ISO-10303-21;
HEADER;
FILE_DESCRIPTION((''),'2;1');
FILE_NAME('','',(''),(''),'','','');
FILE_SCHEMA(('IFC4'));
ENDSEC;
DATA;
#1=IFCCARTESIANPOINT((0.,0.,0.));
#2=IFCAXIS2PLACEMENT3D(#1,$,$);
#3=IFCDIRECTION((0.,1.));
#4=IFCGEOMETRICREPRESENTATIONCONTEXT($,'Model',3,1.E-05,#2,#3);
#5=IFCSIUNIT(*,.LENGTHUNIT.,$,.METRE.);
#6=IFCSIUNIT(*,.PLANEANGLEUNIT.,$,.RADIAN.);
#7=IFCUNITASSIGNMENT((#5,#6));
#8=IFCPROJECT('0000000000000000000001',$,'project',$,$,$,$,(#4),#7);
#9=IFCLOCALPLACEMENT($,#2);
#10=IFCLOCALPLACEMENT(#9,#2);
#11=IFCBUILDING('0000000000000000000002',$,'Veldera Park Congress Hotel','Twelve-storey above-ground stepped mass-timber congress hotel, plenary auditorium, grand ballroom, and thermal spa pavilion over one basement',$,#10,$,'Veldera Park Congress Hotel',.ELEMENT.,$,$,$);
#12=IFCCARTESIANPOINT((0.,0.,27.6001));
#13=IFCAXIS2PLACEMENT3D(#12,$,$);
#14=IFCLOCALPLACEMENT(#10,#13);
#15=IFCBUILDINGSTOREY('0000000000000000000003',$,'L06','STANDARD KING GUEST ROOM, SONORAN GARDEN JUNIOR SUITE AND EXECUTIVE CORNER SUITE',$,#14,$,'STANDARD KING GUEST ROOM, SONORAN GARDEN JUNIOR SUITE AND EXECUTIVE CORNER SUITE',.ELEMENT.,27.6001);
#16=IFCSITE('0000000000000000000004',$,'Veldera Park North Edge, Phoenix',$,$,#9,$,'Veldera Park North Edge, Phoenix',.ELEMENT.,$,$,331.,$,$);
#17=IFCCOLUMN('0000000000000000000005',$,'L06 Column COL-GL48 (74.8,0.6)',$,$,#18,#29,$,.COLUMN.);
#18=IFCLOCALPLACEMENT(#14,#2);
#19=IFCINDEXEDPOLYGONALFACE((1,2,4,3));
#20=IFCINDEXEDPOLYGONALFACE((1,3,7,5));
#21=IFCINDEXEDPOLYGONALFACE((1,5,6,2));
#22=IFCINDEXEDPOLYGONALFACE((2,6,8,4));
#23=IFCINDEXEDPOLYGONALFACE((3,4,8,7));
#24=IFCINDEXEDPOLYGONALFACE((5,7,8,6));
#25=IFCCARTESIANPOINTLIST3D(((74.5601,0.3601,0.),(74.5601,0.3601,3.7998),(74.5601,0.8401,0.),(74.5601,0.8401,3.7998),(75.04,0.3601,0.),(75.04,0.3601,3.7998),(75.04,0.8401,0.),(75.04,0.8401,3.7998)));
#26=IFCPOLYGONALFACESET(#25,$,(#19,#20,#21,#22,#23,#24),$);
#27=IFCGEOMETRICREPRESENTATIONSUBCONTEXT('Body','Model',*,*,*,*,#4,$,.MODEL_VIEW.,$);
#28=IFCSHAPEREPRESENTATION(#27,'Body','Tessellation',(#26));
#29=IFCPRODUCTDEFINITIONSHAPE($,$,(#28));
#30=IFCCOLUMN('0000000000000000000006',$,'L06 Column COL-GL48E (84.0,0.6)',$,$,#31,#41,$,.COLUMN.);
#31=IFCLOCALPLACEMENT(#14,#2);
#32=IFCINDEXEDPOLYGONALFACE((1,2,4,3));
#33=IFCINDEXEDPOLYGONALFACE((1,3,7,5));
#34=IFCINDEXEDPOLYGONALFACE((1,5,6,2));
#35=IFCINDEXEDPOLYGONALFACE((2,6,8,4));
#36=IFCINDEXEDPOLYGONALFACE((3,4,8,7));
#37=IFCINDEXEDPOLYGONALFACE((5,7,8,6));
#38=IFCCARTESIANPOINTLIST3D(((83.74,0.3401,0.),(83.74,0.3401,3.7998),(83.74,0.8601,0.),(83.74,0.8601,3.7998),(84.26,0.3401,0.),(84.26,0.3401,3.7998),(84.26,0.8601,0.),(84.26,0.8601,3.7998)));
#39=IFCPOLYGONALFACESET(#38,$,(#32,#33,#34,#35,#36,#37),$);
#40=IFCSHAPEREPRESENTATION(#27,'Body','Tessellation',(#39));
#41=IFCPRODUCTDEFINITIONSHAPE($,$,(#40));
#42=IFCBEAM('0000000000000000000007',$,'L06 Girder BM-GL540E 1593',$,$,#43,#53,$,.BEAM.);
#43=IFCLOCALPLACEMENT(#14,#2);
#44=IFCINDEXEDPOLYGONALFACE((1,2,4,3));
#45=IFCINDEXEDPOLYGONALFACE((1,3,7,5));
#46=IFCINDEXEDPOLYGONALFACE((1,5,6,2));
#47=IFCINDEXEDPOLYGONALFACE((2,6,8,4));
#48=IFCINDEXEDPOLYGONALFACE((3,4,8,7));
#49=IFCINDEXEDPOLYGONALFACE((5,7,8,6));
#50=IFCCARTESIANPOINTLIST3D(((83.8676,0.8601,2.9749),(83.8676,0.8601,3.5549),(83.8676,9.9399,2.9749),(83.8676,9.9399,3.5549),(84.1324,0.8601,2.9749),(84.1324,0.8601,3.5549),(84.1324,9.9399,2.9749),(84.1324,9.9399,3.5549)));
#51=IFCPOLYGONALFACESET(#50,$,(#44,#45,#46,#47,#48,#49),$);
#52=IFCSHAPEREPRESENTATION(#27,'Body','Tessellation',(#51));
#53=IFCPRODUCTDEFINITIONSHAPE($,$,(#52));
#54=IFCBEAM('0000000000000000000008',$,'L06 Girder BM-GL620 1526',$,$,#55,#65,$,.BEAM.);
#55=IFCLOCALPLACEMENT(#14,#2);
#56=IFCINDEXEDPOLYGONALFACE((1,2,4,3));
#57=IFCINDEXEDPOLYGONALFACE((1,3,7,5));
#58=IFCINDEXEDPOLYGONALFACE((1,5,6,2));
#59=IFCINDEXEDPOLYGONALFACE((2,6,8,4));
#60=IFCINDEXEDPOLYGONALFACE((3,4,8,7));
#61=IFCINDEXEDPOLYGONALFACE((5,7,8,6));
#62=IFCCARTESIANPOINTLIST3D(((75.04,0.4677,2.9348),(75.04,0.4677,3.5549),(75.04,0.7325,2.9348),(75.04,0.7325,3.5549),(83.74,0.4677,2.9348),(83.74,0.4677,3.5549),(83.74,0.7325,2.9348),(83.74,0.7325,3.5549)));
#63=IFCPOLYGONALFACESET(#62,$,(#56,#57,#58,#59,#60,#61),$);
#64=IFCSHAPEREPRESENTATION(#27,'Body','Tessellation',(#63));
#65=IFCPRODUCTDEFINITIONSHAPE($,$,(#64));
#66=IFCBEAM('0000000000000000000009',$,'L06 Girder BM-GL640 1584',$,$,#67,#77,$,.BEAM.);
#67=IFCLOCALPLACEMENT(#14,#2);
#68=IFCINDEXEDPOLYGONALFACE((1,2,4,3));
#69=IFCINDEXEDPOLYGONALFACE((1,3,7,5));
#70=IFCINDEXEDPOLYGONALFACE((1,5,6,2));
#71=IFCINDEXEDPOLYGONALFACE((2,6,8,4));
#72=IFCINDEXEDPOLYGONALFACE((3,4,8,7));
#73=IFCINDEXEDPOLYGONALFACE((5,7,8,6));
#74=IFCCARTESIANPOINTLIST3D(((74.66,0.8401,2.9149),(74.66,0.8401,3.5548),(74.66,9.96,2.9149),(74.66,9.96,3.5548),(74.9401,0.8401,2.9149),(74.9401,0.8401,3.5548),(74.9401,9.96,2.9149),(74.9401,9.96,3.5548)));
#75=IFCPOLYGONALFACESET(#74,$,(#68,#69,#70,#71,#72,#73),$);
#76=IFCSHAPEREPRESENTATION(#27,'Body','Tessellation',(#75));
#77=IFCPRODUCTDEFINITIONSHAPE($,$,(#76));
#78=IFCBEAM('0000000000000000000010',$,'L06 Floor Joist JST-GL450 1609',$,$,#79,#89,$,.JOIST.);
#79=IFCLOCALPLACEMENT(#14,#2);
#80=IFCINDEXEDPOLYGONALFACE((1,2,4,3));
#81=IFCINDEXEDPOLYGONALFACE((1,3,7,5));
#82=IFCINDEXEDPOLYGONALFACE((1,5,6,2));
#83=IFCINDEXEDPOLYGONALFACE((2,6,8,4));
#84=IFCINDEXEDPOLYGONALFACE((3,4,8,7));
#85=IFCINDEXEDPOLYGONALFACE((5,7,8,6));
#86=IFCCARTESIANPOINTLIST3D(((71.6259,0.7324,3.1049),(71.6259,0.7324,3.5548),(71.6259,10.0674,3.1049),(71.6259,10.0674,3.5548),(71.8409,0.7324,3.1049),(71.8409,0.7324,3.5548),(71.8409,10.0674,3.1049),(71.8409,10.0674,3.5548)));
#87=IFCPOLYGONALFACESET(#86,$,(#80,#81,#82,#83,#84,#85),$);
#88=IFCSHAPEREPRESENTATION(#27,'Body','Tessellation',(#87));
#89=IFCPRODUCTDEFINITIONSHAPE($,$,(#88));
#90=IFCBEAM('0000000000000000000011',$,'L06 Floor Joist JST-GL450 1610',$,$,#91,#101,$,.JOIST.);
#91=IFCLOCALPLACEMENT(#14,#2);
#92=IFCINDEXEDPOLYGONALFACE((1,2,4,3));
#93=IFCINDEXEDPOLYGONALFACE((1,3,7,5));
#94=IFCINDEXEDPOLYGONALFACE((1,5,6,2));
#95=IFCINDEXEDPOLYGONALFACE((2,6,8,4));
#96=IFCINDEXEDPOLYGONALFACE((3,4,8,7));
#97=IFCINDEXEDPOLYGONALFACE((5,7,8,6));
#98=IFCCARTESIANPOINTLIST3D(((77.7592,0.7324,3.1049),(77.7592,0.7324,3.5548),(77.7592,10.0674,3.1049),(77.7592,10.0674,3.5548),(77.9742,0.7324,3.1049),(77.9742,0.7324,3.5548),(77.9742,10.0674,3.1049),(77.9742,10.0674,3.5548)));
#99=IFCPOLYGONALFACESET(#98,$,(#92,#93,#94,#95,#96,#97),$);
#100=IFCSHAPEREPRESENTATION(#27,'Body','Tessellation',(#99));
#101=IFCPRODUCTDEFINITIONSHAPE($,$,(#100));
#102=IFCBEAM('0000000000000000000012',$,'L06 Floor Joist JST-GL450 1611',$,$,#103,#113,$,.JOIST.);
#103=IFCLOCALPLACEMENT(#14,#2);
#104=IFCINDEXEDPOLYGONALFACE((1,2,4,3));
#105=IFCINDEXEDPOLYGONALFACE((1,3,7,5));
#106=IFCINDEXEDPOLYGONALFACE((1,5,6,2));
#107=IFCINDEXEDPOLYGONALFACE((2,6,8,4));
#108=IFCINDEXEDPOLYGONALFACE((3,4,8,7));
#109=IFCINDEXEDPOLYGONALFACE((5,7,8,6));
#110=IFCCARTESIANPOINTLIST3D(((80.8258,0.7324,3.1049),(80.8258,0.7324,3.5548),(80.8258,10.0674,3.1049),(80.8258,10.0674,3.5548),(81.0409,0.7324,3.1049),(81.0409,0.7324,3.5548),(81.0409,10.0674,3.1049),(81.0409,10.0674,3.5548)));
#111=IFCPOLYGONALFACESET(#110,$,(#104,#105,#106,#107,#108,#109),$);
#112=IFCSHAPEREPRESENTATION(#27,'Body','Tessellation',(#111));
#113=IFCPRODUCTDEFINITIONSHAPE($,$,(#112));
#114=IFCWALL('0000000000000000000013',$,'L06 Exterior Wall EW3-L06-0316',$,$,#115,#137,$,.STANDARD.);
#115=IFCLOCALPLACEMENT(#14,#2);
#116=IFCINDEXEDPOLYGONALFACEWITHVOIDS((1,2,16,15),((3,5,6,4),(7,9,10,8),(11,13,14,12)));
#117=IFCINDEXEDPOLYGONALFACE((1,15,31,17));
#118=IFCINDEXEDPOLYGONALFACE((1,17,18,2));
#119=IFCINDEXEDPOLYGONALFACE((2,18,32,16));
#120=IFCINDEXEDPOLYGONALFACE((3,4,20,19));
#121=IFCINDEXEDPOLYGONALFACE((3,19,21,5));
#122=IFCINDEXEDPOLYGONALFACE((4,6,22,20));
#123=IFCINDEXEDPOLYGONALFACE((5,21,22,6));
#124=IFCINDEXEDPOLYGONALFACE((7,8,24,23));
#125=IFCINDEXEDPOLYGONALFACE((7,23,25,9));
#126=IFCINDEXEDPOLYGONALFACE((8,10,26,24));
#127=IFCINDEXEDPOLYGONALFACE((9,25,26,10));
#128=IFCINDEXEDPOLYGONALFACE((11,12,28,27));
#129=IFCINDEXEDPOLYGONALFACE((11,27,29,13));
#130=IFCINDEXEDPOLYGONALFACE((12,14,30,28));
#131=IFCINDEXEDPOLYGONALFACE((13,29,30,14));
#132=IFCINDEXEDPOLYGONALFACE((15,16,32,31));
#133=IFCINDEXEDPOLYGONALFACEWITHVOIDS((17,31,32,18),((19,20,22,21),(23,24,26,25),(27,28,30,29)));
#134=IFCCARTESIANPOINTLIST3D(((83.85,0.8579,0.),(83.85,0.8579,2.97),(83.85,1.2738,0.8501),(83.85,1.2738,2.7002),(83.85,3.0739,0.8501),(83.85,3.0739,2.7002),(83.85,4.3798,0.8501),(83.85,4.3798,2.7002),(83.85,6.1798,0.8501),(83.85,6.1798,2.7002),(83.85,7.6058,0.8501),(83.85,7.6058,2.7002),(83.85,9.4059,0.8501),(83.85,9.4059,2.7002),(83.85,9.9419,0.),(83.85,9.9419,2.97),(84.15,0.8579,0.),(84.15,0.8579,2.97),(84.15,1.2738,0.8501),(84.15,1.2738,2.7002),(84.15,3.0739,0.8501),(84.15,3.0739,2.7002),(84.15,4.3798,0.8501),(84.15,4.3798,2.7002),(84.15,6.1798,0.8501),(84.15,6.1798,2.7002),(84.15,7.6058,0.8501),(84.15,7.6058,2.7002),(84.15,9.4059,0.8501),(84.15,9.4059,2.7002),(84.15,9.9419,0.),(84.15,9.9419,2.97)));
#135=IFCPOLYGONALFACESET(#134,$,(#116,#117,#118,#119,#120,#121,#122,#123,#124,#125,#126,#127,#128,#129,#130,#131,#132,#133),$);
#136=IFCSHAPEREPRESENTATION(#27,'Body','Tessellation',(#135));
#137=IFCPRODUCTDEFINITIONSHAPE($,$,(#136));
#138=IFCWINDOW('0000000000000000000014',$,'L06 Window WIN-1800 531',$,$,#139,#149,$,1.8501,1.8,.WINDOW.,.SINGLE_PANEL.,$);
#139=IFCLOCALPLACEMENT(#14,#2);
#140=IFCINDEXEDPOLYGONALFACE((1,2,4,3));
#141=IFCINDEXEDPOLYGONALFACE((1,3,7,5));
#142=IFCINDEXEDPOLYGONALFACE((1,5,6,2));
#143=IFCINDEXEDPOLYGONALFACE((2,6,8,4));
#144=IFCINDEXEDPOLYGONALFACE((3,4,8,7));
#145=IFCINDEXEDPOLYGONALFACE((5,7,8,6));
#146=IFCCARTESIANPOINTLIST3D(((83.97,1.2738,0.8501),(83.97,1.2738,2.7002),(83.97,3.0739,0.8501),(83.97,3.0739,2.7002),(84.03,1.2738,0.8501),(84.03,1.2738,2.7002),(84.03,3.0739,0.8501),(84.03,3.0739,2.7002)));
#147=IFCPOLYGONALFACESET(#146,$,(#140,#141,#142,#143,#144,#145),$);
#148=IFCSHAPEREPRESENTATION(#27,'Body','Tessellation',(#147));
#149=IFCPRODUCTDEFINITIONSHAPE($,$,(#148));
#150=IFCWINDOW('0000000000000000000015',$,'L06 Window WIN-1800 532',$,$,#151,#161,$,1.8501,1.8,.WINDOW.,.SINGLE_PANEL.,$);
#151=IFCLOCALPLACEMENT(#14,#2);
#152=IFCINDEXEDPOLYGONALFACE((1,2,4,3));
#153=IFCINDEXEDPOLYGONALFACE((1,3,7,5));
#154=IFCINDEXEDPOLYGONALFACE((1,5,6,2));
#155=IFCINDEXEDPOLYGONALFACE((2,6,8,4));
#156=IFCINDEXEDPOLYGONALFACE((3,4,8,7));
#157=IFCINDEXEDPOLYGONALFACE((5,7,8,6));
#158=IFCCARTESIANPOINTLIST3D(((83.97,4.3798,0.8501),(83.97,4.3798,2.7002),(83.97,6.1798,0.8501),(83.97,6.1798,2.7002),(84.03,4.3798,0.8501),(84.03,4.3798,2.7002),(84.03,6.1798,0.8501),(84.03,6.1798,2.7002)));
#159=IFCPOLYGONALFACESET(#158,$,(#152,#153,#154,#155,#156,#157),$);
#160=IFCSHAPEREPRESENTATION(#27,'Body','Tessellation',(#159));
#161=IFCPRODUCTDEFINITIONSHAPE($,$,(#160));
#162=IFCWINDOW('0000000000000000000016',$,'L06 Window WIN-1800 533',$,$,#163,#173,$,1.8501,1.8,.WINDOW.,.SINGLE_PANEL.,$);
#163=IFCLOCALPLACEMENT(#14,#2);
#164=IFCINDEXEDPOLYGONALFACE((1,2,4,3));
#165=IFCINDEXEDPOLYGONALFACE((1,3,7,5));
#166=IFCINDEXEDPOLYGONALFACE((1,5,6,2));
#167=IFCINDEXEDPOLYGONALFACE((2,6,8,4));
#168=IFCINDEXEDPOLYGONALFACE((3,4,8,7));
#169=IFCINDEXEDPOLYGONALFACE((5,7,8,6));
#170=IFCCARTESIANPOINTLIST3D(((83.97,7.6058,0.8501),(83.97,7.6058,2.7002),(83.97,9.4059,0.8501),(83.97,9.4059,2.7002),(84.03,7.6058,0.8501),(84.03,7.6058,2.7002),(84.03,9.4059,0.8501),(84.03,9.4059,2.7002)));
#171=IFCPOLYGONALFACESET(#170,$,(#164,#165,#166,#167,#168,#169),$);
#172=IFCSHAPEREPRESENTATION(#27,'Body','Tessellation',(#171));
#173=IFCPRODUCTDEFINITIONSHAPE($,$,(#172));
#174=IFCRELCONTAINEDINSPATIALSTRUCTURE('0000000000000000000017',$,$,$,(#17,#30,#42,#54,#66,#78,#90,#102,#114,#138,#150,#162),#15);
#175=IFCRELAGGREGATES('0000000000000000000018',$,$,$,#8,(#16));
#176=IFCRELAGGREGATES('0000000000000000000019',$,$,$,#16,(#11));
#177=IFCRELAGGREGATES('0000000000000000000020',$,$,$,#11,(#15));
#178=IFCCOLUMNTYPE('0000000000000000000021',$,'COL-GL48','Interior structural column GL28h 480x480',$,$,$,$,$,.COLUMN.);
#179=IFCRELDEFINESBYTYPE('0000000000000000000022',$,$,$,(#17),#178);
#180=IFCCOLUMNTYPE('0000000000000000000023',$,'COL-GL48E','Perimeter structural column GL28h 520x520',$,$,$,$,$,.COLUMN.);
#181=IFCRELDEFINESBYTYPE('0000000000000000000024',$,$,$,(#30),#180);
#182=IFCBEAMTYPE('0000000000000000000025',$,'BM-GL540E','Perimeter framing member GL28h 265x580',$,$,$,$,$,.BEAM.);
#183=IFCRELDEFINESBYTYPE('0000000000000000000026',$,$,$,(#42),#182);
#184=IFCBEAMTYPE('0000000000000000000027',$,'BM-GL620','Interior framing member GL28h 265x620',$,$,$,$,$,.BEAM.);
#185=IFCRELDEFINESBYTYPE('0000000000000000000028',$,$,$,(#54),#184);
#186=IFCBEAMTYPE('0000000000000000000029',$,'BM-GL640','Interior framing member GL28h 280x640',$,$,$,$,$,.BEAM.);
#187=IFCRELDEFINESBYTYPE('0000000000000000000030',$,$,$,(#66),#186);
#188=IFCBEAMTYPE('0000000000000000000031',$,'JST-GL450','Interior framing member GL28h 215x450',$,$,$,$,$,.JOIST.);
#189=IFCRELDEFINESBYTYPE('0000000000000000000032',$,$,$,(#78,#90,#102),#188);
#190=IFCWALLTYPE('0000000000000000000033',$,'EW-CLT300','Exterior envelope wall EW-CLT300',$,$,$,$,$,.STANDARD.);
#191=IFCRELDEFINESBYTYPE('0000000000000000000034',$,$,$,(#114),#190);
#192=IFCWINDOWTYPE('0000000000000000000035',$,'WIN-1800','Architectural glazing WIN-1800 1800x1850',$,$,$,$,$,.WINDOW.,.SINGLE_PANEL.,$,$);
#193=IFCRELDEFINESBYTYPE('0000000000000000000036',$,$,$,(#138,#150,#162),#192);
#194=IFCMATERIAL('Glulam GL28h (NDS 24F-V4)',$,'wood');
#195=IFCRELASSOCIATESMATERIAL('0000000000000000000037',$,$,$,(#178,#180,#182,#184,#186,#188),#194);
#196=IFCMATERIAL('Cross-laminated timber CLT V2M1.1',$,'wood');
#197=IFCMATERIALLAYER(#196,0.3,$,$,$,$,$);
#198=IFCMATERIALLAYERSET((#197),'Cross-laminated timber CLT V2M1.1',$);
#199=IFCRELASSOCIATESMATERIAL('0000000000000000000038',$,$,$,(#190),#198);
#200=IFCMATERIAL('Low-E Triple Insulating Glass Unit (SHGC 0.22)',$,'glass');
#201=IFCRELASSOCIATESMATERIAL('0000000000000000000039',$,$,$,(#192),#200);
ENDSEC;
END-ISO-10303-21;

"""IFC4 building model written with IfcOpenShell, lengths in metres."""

from ifc_helpers import new_model, si_unit, direction, frame, frame_2d, origin, origin_2d, place, context, subcontext, project, spatial, rectangle, extrude, material, layer, layer_set, material_profile, profile_set, type_object, element, fill, save


model = new_model("IFC4")

# Units and contexts
model_context = context("Model", 3, precision=1e-05, world=origin(), true_north=direction((0.0, 1.0)))
body_context = subcontext(model_context, "Body", "Model", "MODEL_VIEW")
ifc_project = project(units=[si_unit("LENGTHUNIT", "METRE"), si_unit("PLANEANGLEUNIT", "RADIAN")], contexts=[model_context])

# Site, building, storey
site_placement = place(None, origin())
site = spatial("IfcSite", under=ifc_project, at=site_placement, Name="Veldera Park North Edge, Phoenix", LongName="Veldera Park North Edge, Phoenix", CompositionType="ELEMENT", RefElevation=331.0)
building_placement = place(site_placement, origin())
building = spatial("IfcBuilding", under=site, at=building_placement, Name="Veldera Park Congress Hotel", Description="Twelve-storey above-ground stepped mass-timber congress hotel, plenary auditorium, grand ballroom, and thermal spa pavilion over one basement", LongName="Veldera Park Congress Hotel", CompositionType="ELEMENT")
storey_placement = place(building_placement, frame((0.0, 0.0, 27.6001)))
storey = spatial("IfcBuildingStorey", under=building, at=storey_placement, Name="L06", Description="STANDARD KING GUEST ROOM, SONORAN GARDEN JUNIOR SUITE AND EXECUTIVE CORNER SUITE", LongName="STANDARD KING GUEST ROOM, SONORAN GARDEN JUNIOR SUITE AND EXECUTIVE CORNER SUITE", CompositionType="ELEMENT", Elevation=27.6001)

# Columns
ifc_material_1 = material(Name="Glulam GL28h (NDS 24F-V4)", Category="wood")
ifc_material_profile_1 = material_profile(ifc_material_1, rectangle(XDim=0.48, YDim=0.48, at=origin_2d()), Name="GL28h 480x480")
ifc_profile_set_1 = profile_set([ifc_material_profile_1], Name="Glulam GL28h (NDS 24F-V4)")
column_type_1 = type_object("IfcColumnType", Name="COL-GL48", Description="Interior structural column GL28h 480x480", PredefinedType="COLUMN", material=ifc_profile_set_1)
column_1_placement = place(storey_placement, frame((74.8, 0.6001, 0.0), z_axis=(0.0, 0.0, 1.0), x_axis=(1.0, 0.0, 0.0)))
element("IfcColumn", 1, at=column_1_placement, inside=storey, type_object=column_type_1, Name="L06 Column COL-GL48 (74.8,0.6)", PredefinedType="COLUMN", context=body_context, shape_type="SweptSolid", body=[
    extrude(rectangle(XDim=0.48, YDim=0.48, at=origin_2d()), origin(), (0.0, 0.0, 1.0), 3.7998),
])
ifc_material_profile_2 = material_profile(ifc_material_1, rectangle(XDim=0.52, YDim=0.52, at=origin_2d()), Name="GL28h 520x520")
ifc_profile_set_2 = profile_set([ifc_material_profile_2], Name="Glulam GL28h (NDS 24F-V4)")
column_type_2 = type_object("IfcColumnType", Name="COL-GL48E", Description="Perimeter structural column GL28h 520x520", PredefinedType="COLUMN", material=ifc_profile_set_2)
column_2_placement = place(storey_placement, frame((84.0, 0.6001, 0.0), z_axis=(0.0, 0.0, 1.0), x_axis=(1.0, 0.0, 0.0)))
element("IfcColumn", 2, at=column_2_placement, inside=storey, type_object=column_type_2, Name="L06 Column COL-GL48E (84.0,0.6)", PredefinedType="COLUMN", context=body_context, shape_type="SweptSolid", body=[
    extrude(rectangle(XDim=0.52, YDim=0.52, at=origin_2d()), origin(), (0.0, 0.0, 1.0), 3.7998),
])

# Beams
ifc_material_profile_3 = material_profile(ifc_material_1, rectangle(XDim=0.2649, YDim=0.5801, at=origin_2d()), Name="GL28h 265x580")
ifc_profile_set_3 = profile_set([ifc_material_profile_3], Name="Glulam GL28h (NDS 24F-V4)")
beam_type_1 = type_object("IfcBeamType", Name="BM-GL540E", Description="Perimeter framing member GL28h 265x580", PredefinedType="BEAM", material=ifc_profile_set_3)
beam_1_placement = place(storey_placement, frame((84.0, 0.8601, 3.2649), z_axis=(0.0, 1.0, 0.0), x_axis=(-1.0, 0.0, 0.0)))
element("IfcBeam", 3, at=beam_1_placement, inside=storey, type_object=beam_type_1, Name="L06 Girder BM-GL540E 1593", PredefinedType="BEAM", context=body_context, shape_type="SweptSolid", body=[
    extrude(rectangle(XDim=0.2649, YDim=0.5801, at=origin_2d()), origin(), (0.0, 0.0, 1.0), 9.0798),
])
ifc_material_profile_4 = material_profile(ifc_material_1, rectangle(XDim=0.2649, YDim=0.6201, at=origin_2d()), Name="GL28h 265x620")
ifc_profile_set_4 = profile_set([ifc_material_profile_4], Name="Glulam GL28h (NDS 24F-V4)")
beam_type_2 = type_object("IfcBeamType", Name="BM-GL620", Description="Interior framing member GL28h 265x620", PredefinedType="BEAM", material=ifc_profile_set_4)
beam_2_placement = place(storey_placement, frame((75.04, 0.6001, 3.2449), z_axis=(1.0, 0.0, 0.0), x_axis=(0.0, 1.0, 0.0)))
element("IfcBeam", 4, at=beam_2_placement, inside=storey, type_object=beam_type_2, Name="L06 Girder BM-GL620 1526", PredefinedType="BEAM", context=body_context, shape_type="SweptSolid", body=[
    extrude(rectangle(XDim=0.2649, YDim=0.6201, at=origin_2d()), origin(), (0.0, 0.0, 1.0), 8.7),
])
ifc_material_profile_5 = material_profile(ifc_material_1, rectangle(XDim=0.28, YDim=0.6399, at=origin_2d()), Name="GL28h 280x640")
ifc_profile_set_5 = profile_set([ifc_material_profile_5], Name="Glulam GL28h (NDS 24F-V4)")
beam_type_3 = type_object("IfcBeamType", Name="BM-GL640", Description="Interior framing member GL28h 280x640", PredefinedType="BEAM", material=ifc_profile_set_5)
beam_3_placement = place(storey_placement, frame((74.8, 0.8401, 3.2349), z_axis=(0.0, 1.0, 0.0), x_axis=(-1.0, 0.0, 0.0)))
element("IfcBeam", 5, at=beam_3_placement, inside=storey, type_object=beam_type_3, Name="L06 Girder BM-GL640 1584", PredefinedType="BEAM", context=body_context, shape_type="SweptSolid", body=[
    extrude(rectangle(XDim=0.28, YDim=0.6399, at=origin_2d()), origin(), (0.0, 0.0, 1.0), 9.1199),
])
ifc_material_profile_6 = material_profile(ifc_material_1, rectangle(XDim=0.2151, YDim=0.45, at=origin_2d()), Name="GL28h 215x450")
ifc_profile_set_6 = profile_set([ifc_material_profile_6], Name="Glulam GL28h (NDS 24F-V4)")
beam_type_4 = type_object("IfcBeamType", Name="JST-GL450", Description="Interior framing member GL28h 215x450", PredefinedType="JOIST", material=ifc_profile_set_6)
for number, where, z_axis, x_axis, name in (
    (6, (71.7334, 0.7324, 3.3298), (0.0, 1.0, 0.0), (-1.0, 0.0, 0.0), "L06 Floor Joist JST-GL450 1609"),
    (7, (77.8667, 0.7324, 3.3298), (0.0, 1.0, 0.0), (-1.0, 0.0, 0.0), "L06 Floor Joist JST-GL450 1610"),
    (8, (80.9333, 0.7324, 3.3298), (0.0, 1.0, 0.0), (-1.0, 0.0, 0.0), "L06 Floor Joist JST-GL450 1611"),
):
    element("IfcBeam", number, at=place(storey_placement, frame(where, z_axis=z_axis, x_axis=x_axis)), inside=storey, type_object=beam_type_4, Name=name, PredefinedType="JOIST", context=body_context, shape_type="SweptSolid", body=[
        extrude(rectangle(XDim=0.2151, YDim=0.45, at=origin_2d()), origin(), (0.0, 0.0, 1.0), 9.335),
    ])

# Wall, openings, windows
ifc_material_2 = material(Name="Cross-laminated timber CLT V2M1.1", Category="wood")
ifc_layer_1 = layer(ifc_material_2, 0.3)
ifc_layer_set_1 = layer_set([ifc_layer_1], Name="Cross-laminated timber CLT V2M1.1")
wall_type_1 = type_object("IfcWallType", Name="EW-CLT300", Description="Exterior envelope wall EW-CLT300", PredefinedType="STANDARD", material=ifc_layer_set_1)
wall_1_placement = place(storey_placement, frame((84.0, 0.8579, 0.0), z_axis=(0.0, 0.0, 1.0), x_axis=(0.0, 1.0, 0.0)))
wall_1 = element("IfcWall", 9, at=wall_1_placement, inside=storey, type_object=wall_type_1, Name="L06 Exterior Wall EW3-L06-0316", PredefinedType="STANDARD", context=body_context, shape_type="SweptSolid", body=[
    extrude(rectangle(XDim=9.084, YDim=0.3, at=frame_2d((4.542, 0.0))), origin(), (0.0, 0.0, 1.0), 2.97),
])
opening_1_placement = place(wall_1_placement, frame((0.416, 0.0, 0.8501)))
opening_1 = element("IfcOpeningElement", 10, at=opening_1_placement, cuts=wall_1, PredefinedType="OPENING", context=body_context, shape_type="SweptSolid", body=[
    extrude(rectangle(XDim=1.8, YDim=1.8501, at=frame_2d((0.8999, 0.925))), frame((0.0, 0.1621, 0.0), z_axis=(0.0, -1.0, 0.0), x_axis=(1.0, 0.0, 0.0)), (0.0, 0.0, 1.0), 0.324),
])
opening_2_placement = place(wall_1_placement, frame((3.522, 0.0, 0.8501)))
opening_2 = element("IfcOpeningElement", 11, at=opening_2_placement, cuts=wall_1, PredefinedType="OPENING", context=body_context, shape_type="SweptSolid", body=[
    extrude(rectangle(XDim=1.8, YDim=1.8501, at=frame_2d((0.8999, 0.925))), frame((0.0, 0.1621, 0.0), z_axis=(0.0, -1.0, 0.0), x_axis=(1.0, 0.0, 0.0)), (0.0, 0.0, 1.0), 0.324),
])
opening_3_placement = place(wall_1_placement, frame((6.748, 0.0, 0.8501)))
opening_3 = element("IfcOpeningElement", 12, at=opening_3_placement, cuts=wall_1, PredefinedType="OPENING", context=body_context, shape_type="SweptSolid", body=[
    extrude(rectangle(XDim=1.8, YDim=1.8501, at=frame_2d((0.8999, 0.925))), frame((0.0, 0.1621, 0.0), z_axis=(0.0, -1.0, 0.0), x_axis=(1.0, 0.0, 0.0)), (0.0, 0.0, 1.0), 0.324),
])
ifc_material_3 = material(Name="Low-E Triple Insulating Glass Unit (SHGC 0.22)", Category="glass")
window_type = type_object("IfcWindowType", Name="WIN-1800", Description="Architectural glazing WIN-1800 1800x1850", PartitioningType="SINGLE_PANEL", PredefinedType="WINDOW", material=ifc_material_3)
window_1_placement = place(opening_1_placement, origin())
window_1 = element("IfcWindow", 13, at=window_1_placement, inside=storey, type_object=window_type, Name="L06 Window WIN-1800 531", OverallHeight=1.8501, OverallWidth=1.8, PartitioningType="SINGLE_PANEL", PredefinedType="WINDOW", context=body_context, shape_type="SweptSolid", body=[
    extrude(rectangle(XDim=1.8, YDim=1.8501, at=frame_2d((0.8999, 0.925))), frame((0.0, 0.03, 0.0), z_axis=(0.0, -1.0, 0.0), x_axis=(1.0, 0.0, 0.0)), (0.0, 0.0, 1.0), 0.0601),
])
fill(opening_1, window_1)
window_2_placement = place(opening_2_placement, origin())
window_2 = element("IfcWindow", 14, at=window_2_placement, inside=storey, type_object=window_type, Name="L06 Window WIN-1800 532", OverallHeight=1.8501, OverallWidth=1.8, PartitioningType="SINGLE_PANEL", PredefinedType="WINDOW", context=body_context, shape_type="SweptSolid", body=[
    extrude(rectangle(XDim=1.8, YDim=1.8501, at=frame_2d((0.8999, 0.925))), frame((0.0, 0.03, 0.0), z_axis=(0.0, -1.0, 0.0), x_axis=(1.0, 0.0, 0.0)), (0.0, 0.0, 1.0), 0.0601),
])
fill(opening_2, window_2)
window_3_placement = place(opening_3_placement, origin())
window_3 = element("IfcWindow", 15, at=window_3_placement, inside=storey, type_object=window_type, Name="L06 Window WIN-1800 533", OverallHeight=1.8501, OverallWidth=1.8, PartitioningType="SINGLE_PANEL", PredefinedType="WINDOW", context=body_context, shape_type="SweptSolid", body=[
    extrude(rectangle(XDim=1.8, YDim=1.8501, at=frame_2d((0.8999, 0.925))), frame((0.0, 0.03, 0.0), z_axis=(0.0, -1.0, 0.0), x_axis=(1.0, 0.0, 0.0)), (0.0, 0.0, 1.0), 0.0601),
])
fill(opening_3, window_3)

save(model, "model.ifc")
